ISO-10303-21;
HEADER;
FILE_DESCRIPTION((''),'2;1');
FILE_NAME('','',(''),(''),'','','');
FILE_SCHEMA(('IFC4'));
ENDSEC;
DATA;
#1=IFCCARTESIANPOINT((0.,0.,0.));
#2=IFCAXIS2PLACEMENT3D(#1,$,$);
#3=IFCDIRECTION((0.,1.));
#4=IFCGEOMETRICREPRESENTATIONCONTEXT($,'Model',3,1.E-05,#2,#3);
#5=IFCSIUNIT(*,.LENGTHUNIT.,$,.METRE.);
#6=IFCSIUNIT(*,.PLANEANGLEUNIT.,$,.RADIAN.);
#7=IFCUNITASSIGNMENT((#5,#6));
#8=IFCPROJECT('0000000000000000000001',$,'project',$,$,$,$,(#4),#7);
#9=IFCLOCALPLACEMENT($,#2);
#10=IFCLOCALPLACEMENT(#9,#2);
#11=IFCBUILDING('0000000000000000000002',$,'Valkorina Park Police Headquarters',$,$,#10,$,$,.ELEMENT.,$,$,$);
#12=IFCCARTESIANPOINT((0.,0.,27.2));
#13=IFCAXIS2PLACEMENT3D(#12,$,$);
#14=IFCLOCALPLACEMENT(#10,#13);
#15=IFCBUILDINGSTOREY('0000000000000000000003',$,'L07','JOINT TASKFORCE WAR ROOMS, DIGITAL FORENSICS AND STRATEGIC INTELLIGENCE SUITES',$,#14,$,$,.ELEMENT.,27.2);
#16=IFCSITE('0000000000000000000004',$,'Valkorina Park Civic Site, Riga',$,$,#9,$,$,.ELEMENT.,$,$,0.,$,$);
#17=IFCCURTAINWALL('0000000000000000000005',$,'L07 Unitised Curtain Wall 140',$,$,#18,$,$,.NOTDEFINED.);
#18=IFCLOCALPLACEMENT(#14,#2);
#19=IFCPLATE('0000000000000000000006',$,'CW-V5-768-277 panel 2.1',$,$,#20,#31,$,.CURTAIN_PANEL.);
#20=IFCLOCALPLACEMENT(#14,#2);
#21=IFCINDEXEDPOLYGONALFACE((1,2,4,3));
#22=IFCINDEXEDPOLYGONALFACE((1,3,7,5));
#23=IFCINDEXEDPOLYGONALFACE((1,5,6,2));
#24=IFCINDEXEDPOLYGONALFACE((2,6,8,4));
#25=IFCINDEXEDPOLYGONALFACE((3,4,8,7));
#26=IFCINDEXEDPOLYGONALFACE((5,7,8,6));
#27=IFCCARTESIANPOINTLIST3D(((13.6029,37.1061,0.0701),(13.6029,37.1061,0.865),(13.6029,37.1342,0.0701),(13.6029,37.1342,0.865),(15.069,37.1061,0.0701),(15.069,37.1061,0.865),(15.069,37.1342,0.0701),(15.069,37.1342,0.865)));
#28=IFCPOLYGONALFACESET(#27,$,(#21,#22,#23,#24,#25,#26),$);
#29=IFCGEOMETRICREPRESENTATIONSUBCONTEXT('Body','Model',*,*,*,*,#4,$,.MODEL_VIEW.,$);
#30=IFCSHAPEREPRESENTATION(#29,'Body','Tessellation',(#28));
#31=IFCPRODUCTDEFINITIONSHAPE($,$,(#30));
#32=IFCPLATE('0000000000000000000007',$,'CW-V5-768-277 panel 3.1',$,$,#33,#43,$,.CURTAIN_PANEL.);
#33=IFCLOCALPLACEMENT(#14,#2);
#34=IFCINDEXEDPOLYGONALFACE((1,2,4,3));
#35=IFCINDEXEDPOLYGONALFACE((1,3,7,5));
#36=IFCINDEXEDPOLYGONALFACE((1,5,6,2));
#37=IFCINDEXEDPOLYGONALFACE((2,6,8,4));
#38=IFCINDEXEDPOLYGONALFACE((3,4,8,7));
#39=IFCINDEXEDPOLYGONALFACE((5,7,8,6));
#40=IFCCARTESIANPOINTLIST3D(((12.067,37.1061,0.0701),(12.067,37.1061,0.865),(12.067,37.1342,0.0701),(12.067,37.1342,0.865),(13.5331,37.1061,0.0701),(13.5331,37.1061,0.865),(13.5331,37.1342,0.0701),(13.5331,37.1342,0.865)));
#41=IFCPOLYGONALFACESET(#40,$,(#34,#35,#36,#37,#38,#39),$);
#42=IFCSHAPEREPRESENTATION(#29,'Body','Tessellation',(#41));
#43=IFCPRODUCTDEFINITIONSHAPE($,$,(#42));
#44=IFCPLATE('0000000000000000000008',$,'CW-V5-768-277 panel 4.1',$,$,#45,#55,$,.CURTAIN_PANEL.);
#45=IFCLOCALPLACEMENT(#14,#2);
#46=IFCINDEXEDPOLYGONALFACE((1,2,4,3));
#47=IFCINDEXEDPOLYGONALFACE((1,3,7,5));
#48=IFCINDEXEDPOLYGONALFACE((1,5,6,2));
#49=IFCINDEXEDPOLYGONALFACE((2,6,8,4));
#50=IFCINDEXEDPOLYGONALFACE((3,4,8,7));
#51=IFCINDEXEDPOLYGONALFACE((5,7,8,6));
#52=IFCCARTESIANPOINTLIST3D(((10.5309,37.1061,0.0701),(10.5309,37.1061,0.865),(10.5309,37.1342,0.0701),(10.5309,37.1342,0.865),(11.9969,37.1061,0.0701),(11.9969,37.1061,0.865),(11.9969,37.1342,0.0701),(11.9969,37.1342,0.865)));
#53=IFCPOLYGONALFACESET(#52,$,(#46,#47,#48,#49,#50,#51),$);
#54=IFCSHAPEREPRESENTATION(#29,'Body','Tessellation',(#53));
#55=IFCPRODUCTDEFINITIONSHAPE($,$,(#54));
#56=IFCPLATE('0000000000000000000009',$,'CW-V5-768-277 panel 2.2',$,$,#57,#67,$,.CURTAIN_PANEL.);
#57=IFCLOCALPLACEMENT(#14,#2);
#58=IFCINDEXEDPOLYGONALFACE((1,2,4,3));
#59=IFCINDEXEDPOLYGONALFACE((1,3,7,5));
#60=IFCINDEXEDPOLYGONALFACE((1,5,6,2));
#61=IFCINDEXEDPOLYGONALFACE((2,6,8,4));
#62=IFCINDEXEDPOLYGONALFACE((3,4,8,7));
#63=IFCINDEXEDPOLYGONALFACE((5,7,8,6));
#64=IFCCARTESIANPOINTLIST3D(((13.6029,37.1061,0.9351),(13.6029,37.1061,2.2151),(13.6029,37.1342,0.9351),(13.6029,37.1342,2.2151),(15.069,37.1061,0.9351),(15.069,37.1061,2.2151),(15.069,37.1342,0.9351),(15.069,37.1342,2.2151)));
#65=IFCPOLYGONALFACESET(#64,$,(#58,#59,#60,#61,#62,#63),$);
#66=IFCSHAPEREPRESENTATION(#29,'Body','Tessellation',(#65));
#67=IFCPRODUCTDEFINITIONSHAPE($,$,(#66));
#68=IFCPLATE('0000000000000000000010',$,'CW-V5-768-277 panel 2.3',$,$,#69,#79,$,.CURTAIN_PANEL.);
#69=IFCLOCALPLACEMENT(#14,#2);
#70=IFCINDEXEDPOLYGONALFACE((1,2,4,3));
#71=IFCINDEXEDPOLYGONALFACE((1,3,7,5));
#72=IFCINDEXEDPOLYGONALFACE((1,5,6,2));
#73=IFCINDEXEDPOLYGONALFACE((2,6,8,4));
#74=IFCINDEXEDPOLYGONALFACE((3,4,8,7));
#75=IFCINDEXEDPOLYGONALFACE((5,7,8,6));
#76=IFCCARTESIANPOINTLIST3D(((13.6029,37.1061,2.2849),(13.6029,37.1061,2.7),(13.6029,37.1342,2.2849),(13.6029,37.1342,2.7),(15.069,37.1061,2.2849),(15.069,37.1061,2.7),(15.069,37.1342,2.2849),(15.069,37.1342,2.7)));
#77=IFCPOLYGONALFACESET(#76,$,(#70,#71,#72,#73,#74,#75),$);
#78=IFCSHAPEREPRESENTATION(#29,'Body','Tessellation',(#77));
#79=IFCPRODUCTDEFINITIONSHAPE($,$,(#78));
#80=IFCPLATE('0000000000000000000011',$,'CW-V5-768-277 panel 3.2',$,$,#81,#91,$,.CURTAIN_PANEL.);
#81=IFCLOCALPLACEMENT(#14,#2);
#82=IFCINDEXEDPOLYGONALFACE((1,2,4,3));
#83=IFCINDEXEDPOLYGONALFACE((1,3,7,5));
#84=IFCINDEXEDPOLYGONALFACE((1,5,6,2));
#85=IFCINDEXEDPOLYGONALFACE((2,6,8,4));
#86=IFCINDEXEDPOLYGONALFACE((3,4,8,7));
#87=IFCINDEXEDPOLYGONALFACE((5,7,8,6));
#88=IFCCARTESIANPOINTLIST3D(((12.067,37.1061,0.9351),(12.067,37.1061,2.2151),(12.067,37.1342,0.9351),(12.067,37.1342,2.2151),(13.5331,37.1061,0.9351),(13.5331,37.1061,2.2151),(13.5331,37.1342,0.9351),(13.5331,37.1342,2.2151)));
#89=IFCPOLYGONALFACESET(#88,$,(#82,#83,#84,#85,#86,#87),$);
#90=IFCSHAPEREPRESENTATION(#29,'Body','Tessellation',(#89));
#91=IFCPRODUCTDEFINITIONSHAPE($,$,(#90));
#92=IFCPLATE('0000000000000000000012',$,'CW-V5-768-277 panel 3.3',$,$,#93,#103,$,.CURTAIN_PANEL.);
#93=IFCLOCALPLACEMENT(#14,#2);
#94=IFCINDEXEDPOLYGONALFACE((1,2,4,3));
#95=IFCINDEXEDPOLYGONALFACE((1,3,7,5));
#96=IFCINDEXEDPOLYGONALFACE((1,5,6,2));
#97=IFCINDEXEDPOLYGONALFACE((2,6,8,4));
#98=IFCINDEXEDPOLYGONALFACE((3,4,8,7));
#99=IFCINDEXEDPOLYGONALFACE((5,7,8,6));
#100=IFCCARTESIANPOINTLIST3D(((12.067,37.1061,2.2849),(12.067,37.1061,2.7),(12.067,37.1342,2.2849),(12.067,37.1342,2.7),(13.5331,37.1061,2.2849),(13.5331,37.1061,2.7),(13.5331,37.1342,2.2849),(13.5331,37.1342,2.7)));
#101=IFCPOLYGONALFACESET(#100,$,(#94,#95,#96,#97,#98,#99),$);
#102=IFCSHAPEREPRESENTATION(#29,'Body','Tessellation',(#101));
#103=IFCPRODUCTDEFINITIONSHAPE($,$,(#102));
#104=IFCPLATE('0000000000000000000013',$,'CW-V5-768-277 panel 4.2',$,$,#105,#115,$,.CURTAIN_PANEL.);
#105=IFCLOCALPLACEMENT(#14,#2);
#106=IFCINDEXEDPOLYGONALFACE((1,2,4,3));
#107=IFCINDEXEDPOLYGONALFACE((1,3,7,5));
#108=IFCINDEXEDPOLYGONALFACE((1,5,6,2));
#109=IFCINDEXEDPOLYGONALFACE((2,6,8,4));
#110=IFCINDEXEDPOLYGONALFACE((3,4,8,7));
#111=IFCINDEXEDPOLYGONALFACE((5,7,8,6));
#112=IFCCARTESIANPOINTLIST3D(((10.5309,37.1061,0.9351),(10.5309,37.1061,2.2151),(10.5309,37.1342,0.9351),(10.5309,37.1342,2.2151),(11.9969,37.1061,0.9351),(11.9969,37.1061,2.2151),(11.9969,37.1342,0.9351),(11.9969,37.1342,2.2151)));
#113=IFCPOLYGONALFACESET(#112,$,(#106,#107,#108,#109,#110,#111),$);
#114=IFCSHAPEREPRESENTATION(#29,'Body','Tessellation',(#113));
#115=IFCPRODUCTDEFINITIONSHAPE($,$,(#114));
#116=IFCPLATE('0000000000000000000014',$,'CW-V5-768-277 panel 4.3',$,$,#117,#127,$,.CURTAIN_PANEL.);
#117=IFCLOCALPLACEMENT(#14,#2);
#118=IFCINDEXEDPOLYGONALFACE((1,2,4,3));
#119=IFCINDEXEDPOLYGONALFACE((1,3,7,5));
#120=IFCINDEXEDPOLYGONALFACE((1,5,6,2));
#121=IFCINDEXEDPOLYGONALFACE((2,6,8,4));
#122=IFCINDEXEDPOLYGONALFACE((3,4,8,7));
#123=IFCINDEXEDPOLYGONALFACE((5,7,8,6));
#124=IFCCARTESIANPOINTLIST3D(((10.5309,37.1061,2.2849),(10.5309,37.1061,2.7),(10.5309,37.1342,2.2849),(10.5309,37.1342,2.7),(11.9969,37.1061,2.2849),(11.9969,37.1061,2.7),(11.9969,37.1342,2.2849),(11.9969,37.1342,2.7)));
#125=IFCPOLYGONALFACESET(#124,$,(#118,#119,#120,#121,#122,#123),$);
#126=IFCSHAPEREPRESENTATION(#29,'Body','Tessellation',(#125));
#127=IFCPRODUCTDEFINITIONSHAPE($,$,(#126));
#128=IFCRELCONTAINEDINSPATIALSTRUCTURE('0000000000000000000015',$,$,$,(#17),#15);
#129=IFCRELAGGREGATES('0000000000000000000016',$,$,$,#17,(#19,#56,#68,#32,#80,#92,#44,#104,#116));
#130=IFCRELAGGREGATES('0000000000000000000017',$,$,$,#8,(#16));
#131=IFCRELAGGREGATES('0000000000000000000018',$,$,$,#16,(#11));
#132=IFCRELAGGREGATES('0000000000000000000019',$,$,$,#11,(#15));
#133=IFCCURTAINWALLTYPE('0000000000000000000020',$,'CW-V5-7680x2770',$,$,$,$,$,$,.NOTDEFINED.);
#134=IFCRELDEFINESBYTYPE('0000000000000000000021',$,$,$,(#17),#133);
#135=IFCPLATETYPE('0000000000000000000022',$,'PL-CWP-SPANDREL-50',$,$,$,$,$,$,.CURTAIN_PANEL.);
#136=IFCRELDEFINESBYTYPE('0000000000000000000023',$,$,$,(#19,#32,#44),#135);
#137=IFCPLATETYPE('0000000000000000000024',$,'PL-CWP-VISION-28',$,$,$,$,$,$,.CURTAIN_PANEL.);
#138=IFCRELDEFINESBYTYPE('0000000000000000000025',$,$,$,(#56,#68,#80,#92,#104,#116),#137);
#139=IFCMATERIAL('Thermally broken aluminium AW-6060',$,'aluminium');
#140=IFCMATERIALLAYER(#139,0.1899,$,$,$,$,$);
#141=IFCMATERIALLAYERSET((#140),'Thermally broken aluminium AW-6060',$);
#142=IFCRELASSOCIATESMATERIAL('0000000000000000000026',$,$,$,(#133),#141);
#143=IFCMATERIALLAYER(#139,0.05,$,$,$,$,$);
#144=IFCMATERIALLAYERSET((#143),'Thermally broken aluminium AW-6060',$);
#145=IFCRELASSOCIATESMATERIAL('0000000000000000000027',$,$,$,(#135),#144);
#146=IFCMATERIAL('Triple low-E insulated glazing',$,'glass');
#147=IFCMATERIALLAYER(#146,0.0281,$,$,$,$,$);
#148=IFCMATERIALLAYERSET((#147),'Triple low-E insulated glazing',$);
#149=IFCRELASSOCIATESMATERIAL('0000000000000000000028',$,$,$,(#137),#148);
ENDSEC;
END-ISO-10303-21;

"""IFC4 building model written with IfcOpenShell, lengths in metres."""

from ifc_helpers import new_model, si_unit, direction, frame, origin, origin_2d, place, context, subcontext, project, spatial, rectangle, extrude, material, layer, layer_set, type_object, element, aggregate, save


model = new_model("IFC4")

# Units and contexts
model_context = context("Model", 3, precision=1e-05, world=origin(), true_north=direction((0.0, 1.0)))
body_context = subcontext(model_context, "Body", "Model", "MODEL_VIEW")
ifc_project = project(units=[si_unit("LENGTHUNIT", "METRE"), si_unit("PLANEANGLEUNIT", "RADIAN")], contexts=[model_context])

# Site, building, storey
site_placement = place(None, origin())
site = spatial("IfcSite", under=ifc_project, at=site_placement, Name="Valkorina Park Civic Site, Riga", CompositionType="ELEMENT", RefElevation=0.0)
building_placement = place(site_placement, origin())
building = spatial("IfcBuilding", under=site, at=building_placement, Name="Valkorina Park Police Headquarters", CompositionType="ELEMENT")
storey_placement = place(building_placement, frame((0.0, 0.0, 27.2)))
storey = spatial("IfcBuildingStorey", under=building, at=storey_placement, Name="L07", Description="JOINT TASKFORCE WAR ROOMS, DIGITAL FORENSICS AND STRATEGIC INTELLIGENCE SUITES", CompositionType="ELEMENT", Elevation=27.2)

# Curtain wall, plates
ifc_material_1 = material(Name="Thermally broken aluminium AW-6060", Category="aluminium")
ifc_layer_1 = layer(ifc_material_1, 0.1899)
ifc_layer_set_1 = layer_set([ifc_layer_1], Name="Thermally broken aluminium AW-6060")
curtain_wall_type = type_object("IfcCurtainWallType", Name="CW-V5-7680x2770", PredefinedType="NOTDEFINED", material=ifc_layer_set_1)
curtain_wall_placement = place(storey_placement, origin())
curtain_wall = element("IfcCurtainWall", 1, at=curtain_wall_placement, inside=storey, type_object=curtain_wall_type, Name="L07 Unitised Curtain Wall 140", PredefinedType="NOTDEFINED")
ifc_layer_2 = layer(ifc_material_1, 0.05)
ifc_layer_set_2 = layer_set([ifc_layer_2], Name="Thermally broken aluminium AW-6060")
plate_type_1 = type_object("IfcPlateType", Name="PL-CWP-SPANDREL-50", PredefinedType="CURTAIN_PANEL", material=ifc_layer_set_2)
plate_1_placement = place(storey_placement, frame((14.3359, 37.1201, 0.0701), z_axis=(0.0, 0.0, 1.0), x_axis=(-1.0, 0.0, 0.0)))
plate_1 = element("IfcPlate", 2, at=plate_1_placement, type_object=plate_type_1, Name="CW-V5-768-277 panel 2.1", PredefinedType="CURTAIN_PANEL", context=body_context, shape_type="SweptSolid", body=[
    extrude(rectangle(XDim=1.4661, YDim=0.0281, at=origin_2d()), origin(), (0.0, 0.0, 1.0), 0.7949),
])
plate_2_placement = place(storey_placement, frame((12.8, 37.1201, 0.0701), z_axis=(0.0, 0.0, 1.0), x_axis=(-1.0, 0.0, 0.0)))
plate_2 = element("IfcPlate", 3, at=plate_2_placement, type_object=plate_type_1, Name="CW-V5-768-277 panel 3.1", PredefinedType="CURTAIN_PANEL", context=body_context, shape_type="SweptSolid", body=[
    extrude(rectangle(XDim=1.4661, YDim=0.0281, at=origin_2d()), origin(), (0.0, 0.0, 1.0), 0.7949),
])
plate_3_placement = place(storey_placement, frame((11.2639, 37.1201, 0.0701), z_axis=(0.0, 0.0, 1.0), x_axis=(-1.0, 0.0, 0.0)))
plate_3 = element("IfcPlate", 4, at=plate_3_placement, type_object=plate_type_1, Name="CW-V5-768-277 panel 4.1", PredefinedType="CURTAIN_PANEL", context=body_context, shape_type="SweptSolid", body=[
    extrude(rectangle(XDim=1.4661, YDim=0.0281, at=origin_2d()), origin(), (0.0, 0.0, 1.0), 0.7949),
])
ifc_material_2 = material(Name="Triple low-E insulated glazing", Category="glass")
ifc_layer_3 = layer(ifc_material_2, 0.0281)
ifc_layer_set_3 = layer_set([ifc_layer_3], Name="Triple low-E insulated glazing")
plate_type_2 = type_object("IfcPlateType", Name="PL-CWP-VISION-28", PredefinedType="CURTAIN_PANEL", material=ifc_layer_set_3)
plate_4_placement = place(storey_placement, frame((14.3359, 37.1201, 0.9351), z_axis=(0.0, 0.0, 1.0), x_axis=(-1.0, 0.0, 0.0)))
plate_4 = element("IfcPlate", 5, at=plate_4_placement, type_object=plate_type_2, Name="CW-V5-768-277 panel 2.2", PredefinedType="CURTAIN_PANEL", context=body_context, shape_type="SweptSolid", body=[
    extrude(rectangle(XDim=1.4661, YDim=0.0281, at=origin_2d()), origin(), (0.0, 0.0, 1.0), 1.28),
])
plate_5_placement = place(storey_placement, frame((14.3359, 37.1201, 2.2849), z_axis=(0.0, 0.0, 1.0), x_axis=(-1.0, 0.0, 0.0)))
plate_5 = element("IfcPlate", 6, at=plate_5_placement, type_object=plate_type_2, Name="CW-V5-768-277 panel 2.3", PredefinedType="CURTAIN_PANEL", context=body_context, shape_type="SweptSolid", body=[
    extrude(rectangle(XDim=1.4661, YDim=0.0281, at=origin_2d()), origin(), (0.0, 0.0, 1.0), 0.415),
])
plate_6_placement = place(storey_placement, frame((12.8, 37.1201, 0.9351), z_axis=(0.0, 0.0, 1.0), x_axis=(-1.0, 0.0, 0.0)))
plate_6 = element("IfcPlate", 7, at=plate_6_placement, type_object=plate_type_2, Name="CW-V5-768-277 panel 3.2", PredefinedType="CURTAIN_PANEL", context=body_context, shape_type="SweptSolid", body=[
    extrude(rectangle(XDim=1.4661, YDim=0.0281, at=origin_2d()), origin(), (0.0, 0.0, 1.0), 1.28),
])
plate_7_placement = place(storey_placement, frame((12.8, 37.1201, 2.2849), z_axis=(0.0, 0.0, 1.0), x_axis=(-1.0, 0.0, 0.0)))
plate_7 = element("IfcPlate", 8, at=plate_7_placement, type_object=plate_type_2, Name="CW-V5-768-277 panel 3.3", PredefinedType="CURTAIN_PANEL", context=body_context, shape_type="SweptSolid", body=[
    extrude(rectangle(XDim=1.4661, YDim=0.0281, at=origin_2d()), origin(), (0.0, 0.0, 1.0), 0.415),
])
plate_8_placement = place(storey_placement, frame((11.2639, 37.1201, 0.9351), z_axis=(0.0, 0.0, 1.0), x_axis=(-1.0, 0.0, 0.0)))
plate_8 = element("IfcPlate", 9, at=plate_8_placement, type_object=plate_type_2, Name="CW-V5-768-277 panel 4.2", PredefinedType="CURTAIN_PANEL", context=body_context, shape_type="SweptSolid", body=[
    extrude(rectangle(XDim=1.4661, YDim=0.0281, at=origin_2d()), origin(), (0.0, 0.0, 1.0), 1.28),
])
plate_9_placement = place(storey_placement, frame((11.2639, 37.1201, 2.2849), z_axis=(0.0, 0.0, 1.0), x_axis=(-1.0, 0.0, 0.0)))
plate_9 = element("IfcPlate", 10, at=plate_9_placement, type_object=plate_type_2, Name="CW-V5-768-277 panel 4.3", PredefinedType="CURTAIN_PANEL", context=body_context, shape_type="SweptSolid", body=[
    extrude(rectangle(XDim=1.4661, YDim=0.0281, at=origin_2d()), origin(), (0.0, 0.0, 1.0), 0.415),
])
aggregate(curtain_wall, [plate_1, plate_4, plate_5, plate_2, plate_6, plate_7, plate_3, plate_8, plate_9])

save(model, "model.ifc")
